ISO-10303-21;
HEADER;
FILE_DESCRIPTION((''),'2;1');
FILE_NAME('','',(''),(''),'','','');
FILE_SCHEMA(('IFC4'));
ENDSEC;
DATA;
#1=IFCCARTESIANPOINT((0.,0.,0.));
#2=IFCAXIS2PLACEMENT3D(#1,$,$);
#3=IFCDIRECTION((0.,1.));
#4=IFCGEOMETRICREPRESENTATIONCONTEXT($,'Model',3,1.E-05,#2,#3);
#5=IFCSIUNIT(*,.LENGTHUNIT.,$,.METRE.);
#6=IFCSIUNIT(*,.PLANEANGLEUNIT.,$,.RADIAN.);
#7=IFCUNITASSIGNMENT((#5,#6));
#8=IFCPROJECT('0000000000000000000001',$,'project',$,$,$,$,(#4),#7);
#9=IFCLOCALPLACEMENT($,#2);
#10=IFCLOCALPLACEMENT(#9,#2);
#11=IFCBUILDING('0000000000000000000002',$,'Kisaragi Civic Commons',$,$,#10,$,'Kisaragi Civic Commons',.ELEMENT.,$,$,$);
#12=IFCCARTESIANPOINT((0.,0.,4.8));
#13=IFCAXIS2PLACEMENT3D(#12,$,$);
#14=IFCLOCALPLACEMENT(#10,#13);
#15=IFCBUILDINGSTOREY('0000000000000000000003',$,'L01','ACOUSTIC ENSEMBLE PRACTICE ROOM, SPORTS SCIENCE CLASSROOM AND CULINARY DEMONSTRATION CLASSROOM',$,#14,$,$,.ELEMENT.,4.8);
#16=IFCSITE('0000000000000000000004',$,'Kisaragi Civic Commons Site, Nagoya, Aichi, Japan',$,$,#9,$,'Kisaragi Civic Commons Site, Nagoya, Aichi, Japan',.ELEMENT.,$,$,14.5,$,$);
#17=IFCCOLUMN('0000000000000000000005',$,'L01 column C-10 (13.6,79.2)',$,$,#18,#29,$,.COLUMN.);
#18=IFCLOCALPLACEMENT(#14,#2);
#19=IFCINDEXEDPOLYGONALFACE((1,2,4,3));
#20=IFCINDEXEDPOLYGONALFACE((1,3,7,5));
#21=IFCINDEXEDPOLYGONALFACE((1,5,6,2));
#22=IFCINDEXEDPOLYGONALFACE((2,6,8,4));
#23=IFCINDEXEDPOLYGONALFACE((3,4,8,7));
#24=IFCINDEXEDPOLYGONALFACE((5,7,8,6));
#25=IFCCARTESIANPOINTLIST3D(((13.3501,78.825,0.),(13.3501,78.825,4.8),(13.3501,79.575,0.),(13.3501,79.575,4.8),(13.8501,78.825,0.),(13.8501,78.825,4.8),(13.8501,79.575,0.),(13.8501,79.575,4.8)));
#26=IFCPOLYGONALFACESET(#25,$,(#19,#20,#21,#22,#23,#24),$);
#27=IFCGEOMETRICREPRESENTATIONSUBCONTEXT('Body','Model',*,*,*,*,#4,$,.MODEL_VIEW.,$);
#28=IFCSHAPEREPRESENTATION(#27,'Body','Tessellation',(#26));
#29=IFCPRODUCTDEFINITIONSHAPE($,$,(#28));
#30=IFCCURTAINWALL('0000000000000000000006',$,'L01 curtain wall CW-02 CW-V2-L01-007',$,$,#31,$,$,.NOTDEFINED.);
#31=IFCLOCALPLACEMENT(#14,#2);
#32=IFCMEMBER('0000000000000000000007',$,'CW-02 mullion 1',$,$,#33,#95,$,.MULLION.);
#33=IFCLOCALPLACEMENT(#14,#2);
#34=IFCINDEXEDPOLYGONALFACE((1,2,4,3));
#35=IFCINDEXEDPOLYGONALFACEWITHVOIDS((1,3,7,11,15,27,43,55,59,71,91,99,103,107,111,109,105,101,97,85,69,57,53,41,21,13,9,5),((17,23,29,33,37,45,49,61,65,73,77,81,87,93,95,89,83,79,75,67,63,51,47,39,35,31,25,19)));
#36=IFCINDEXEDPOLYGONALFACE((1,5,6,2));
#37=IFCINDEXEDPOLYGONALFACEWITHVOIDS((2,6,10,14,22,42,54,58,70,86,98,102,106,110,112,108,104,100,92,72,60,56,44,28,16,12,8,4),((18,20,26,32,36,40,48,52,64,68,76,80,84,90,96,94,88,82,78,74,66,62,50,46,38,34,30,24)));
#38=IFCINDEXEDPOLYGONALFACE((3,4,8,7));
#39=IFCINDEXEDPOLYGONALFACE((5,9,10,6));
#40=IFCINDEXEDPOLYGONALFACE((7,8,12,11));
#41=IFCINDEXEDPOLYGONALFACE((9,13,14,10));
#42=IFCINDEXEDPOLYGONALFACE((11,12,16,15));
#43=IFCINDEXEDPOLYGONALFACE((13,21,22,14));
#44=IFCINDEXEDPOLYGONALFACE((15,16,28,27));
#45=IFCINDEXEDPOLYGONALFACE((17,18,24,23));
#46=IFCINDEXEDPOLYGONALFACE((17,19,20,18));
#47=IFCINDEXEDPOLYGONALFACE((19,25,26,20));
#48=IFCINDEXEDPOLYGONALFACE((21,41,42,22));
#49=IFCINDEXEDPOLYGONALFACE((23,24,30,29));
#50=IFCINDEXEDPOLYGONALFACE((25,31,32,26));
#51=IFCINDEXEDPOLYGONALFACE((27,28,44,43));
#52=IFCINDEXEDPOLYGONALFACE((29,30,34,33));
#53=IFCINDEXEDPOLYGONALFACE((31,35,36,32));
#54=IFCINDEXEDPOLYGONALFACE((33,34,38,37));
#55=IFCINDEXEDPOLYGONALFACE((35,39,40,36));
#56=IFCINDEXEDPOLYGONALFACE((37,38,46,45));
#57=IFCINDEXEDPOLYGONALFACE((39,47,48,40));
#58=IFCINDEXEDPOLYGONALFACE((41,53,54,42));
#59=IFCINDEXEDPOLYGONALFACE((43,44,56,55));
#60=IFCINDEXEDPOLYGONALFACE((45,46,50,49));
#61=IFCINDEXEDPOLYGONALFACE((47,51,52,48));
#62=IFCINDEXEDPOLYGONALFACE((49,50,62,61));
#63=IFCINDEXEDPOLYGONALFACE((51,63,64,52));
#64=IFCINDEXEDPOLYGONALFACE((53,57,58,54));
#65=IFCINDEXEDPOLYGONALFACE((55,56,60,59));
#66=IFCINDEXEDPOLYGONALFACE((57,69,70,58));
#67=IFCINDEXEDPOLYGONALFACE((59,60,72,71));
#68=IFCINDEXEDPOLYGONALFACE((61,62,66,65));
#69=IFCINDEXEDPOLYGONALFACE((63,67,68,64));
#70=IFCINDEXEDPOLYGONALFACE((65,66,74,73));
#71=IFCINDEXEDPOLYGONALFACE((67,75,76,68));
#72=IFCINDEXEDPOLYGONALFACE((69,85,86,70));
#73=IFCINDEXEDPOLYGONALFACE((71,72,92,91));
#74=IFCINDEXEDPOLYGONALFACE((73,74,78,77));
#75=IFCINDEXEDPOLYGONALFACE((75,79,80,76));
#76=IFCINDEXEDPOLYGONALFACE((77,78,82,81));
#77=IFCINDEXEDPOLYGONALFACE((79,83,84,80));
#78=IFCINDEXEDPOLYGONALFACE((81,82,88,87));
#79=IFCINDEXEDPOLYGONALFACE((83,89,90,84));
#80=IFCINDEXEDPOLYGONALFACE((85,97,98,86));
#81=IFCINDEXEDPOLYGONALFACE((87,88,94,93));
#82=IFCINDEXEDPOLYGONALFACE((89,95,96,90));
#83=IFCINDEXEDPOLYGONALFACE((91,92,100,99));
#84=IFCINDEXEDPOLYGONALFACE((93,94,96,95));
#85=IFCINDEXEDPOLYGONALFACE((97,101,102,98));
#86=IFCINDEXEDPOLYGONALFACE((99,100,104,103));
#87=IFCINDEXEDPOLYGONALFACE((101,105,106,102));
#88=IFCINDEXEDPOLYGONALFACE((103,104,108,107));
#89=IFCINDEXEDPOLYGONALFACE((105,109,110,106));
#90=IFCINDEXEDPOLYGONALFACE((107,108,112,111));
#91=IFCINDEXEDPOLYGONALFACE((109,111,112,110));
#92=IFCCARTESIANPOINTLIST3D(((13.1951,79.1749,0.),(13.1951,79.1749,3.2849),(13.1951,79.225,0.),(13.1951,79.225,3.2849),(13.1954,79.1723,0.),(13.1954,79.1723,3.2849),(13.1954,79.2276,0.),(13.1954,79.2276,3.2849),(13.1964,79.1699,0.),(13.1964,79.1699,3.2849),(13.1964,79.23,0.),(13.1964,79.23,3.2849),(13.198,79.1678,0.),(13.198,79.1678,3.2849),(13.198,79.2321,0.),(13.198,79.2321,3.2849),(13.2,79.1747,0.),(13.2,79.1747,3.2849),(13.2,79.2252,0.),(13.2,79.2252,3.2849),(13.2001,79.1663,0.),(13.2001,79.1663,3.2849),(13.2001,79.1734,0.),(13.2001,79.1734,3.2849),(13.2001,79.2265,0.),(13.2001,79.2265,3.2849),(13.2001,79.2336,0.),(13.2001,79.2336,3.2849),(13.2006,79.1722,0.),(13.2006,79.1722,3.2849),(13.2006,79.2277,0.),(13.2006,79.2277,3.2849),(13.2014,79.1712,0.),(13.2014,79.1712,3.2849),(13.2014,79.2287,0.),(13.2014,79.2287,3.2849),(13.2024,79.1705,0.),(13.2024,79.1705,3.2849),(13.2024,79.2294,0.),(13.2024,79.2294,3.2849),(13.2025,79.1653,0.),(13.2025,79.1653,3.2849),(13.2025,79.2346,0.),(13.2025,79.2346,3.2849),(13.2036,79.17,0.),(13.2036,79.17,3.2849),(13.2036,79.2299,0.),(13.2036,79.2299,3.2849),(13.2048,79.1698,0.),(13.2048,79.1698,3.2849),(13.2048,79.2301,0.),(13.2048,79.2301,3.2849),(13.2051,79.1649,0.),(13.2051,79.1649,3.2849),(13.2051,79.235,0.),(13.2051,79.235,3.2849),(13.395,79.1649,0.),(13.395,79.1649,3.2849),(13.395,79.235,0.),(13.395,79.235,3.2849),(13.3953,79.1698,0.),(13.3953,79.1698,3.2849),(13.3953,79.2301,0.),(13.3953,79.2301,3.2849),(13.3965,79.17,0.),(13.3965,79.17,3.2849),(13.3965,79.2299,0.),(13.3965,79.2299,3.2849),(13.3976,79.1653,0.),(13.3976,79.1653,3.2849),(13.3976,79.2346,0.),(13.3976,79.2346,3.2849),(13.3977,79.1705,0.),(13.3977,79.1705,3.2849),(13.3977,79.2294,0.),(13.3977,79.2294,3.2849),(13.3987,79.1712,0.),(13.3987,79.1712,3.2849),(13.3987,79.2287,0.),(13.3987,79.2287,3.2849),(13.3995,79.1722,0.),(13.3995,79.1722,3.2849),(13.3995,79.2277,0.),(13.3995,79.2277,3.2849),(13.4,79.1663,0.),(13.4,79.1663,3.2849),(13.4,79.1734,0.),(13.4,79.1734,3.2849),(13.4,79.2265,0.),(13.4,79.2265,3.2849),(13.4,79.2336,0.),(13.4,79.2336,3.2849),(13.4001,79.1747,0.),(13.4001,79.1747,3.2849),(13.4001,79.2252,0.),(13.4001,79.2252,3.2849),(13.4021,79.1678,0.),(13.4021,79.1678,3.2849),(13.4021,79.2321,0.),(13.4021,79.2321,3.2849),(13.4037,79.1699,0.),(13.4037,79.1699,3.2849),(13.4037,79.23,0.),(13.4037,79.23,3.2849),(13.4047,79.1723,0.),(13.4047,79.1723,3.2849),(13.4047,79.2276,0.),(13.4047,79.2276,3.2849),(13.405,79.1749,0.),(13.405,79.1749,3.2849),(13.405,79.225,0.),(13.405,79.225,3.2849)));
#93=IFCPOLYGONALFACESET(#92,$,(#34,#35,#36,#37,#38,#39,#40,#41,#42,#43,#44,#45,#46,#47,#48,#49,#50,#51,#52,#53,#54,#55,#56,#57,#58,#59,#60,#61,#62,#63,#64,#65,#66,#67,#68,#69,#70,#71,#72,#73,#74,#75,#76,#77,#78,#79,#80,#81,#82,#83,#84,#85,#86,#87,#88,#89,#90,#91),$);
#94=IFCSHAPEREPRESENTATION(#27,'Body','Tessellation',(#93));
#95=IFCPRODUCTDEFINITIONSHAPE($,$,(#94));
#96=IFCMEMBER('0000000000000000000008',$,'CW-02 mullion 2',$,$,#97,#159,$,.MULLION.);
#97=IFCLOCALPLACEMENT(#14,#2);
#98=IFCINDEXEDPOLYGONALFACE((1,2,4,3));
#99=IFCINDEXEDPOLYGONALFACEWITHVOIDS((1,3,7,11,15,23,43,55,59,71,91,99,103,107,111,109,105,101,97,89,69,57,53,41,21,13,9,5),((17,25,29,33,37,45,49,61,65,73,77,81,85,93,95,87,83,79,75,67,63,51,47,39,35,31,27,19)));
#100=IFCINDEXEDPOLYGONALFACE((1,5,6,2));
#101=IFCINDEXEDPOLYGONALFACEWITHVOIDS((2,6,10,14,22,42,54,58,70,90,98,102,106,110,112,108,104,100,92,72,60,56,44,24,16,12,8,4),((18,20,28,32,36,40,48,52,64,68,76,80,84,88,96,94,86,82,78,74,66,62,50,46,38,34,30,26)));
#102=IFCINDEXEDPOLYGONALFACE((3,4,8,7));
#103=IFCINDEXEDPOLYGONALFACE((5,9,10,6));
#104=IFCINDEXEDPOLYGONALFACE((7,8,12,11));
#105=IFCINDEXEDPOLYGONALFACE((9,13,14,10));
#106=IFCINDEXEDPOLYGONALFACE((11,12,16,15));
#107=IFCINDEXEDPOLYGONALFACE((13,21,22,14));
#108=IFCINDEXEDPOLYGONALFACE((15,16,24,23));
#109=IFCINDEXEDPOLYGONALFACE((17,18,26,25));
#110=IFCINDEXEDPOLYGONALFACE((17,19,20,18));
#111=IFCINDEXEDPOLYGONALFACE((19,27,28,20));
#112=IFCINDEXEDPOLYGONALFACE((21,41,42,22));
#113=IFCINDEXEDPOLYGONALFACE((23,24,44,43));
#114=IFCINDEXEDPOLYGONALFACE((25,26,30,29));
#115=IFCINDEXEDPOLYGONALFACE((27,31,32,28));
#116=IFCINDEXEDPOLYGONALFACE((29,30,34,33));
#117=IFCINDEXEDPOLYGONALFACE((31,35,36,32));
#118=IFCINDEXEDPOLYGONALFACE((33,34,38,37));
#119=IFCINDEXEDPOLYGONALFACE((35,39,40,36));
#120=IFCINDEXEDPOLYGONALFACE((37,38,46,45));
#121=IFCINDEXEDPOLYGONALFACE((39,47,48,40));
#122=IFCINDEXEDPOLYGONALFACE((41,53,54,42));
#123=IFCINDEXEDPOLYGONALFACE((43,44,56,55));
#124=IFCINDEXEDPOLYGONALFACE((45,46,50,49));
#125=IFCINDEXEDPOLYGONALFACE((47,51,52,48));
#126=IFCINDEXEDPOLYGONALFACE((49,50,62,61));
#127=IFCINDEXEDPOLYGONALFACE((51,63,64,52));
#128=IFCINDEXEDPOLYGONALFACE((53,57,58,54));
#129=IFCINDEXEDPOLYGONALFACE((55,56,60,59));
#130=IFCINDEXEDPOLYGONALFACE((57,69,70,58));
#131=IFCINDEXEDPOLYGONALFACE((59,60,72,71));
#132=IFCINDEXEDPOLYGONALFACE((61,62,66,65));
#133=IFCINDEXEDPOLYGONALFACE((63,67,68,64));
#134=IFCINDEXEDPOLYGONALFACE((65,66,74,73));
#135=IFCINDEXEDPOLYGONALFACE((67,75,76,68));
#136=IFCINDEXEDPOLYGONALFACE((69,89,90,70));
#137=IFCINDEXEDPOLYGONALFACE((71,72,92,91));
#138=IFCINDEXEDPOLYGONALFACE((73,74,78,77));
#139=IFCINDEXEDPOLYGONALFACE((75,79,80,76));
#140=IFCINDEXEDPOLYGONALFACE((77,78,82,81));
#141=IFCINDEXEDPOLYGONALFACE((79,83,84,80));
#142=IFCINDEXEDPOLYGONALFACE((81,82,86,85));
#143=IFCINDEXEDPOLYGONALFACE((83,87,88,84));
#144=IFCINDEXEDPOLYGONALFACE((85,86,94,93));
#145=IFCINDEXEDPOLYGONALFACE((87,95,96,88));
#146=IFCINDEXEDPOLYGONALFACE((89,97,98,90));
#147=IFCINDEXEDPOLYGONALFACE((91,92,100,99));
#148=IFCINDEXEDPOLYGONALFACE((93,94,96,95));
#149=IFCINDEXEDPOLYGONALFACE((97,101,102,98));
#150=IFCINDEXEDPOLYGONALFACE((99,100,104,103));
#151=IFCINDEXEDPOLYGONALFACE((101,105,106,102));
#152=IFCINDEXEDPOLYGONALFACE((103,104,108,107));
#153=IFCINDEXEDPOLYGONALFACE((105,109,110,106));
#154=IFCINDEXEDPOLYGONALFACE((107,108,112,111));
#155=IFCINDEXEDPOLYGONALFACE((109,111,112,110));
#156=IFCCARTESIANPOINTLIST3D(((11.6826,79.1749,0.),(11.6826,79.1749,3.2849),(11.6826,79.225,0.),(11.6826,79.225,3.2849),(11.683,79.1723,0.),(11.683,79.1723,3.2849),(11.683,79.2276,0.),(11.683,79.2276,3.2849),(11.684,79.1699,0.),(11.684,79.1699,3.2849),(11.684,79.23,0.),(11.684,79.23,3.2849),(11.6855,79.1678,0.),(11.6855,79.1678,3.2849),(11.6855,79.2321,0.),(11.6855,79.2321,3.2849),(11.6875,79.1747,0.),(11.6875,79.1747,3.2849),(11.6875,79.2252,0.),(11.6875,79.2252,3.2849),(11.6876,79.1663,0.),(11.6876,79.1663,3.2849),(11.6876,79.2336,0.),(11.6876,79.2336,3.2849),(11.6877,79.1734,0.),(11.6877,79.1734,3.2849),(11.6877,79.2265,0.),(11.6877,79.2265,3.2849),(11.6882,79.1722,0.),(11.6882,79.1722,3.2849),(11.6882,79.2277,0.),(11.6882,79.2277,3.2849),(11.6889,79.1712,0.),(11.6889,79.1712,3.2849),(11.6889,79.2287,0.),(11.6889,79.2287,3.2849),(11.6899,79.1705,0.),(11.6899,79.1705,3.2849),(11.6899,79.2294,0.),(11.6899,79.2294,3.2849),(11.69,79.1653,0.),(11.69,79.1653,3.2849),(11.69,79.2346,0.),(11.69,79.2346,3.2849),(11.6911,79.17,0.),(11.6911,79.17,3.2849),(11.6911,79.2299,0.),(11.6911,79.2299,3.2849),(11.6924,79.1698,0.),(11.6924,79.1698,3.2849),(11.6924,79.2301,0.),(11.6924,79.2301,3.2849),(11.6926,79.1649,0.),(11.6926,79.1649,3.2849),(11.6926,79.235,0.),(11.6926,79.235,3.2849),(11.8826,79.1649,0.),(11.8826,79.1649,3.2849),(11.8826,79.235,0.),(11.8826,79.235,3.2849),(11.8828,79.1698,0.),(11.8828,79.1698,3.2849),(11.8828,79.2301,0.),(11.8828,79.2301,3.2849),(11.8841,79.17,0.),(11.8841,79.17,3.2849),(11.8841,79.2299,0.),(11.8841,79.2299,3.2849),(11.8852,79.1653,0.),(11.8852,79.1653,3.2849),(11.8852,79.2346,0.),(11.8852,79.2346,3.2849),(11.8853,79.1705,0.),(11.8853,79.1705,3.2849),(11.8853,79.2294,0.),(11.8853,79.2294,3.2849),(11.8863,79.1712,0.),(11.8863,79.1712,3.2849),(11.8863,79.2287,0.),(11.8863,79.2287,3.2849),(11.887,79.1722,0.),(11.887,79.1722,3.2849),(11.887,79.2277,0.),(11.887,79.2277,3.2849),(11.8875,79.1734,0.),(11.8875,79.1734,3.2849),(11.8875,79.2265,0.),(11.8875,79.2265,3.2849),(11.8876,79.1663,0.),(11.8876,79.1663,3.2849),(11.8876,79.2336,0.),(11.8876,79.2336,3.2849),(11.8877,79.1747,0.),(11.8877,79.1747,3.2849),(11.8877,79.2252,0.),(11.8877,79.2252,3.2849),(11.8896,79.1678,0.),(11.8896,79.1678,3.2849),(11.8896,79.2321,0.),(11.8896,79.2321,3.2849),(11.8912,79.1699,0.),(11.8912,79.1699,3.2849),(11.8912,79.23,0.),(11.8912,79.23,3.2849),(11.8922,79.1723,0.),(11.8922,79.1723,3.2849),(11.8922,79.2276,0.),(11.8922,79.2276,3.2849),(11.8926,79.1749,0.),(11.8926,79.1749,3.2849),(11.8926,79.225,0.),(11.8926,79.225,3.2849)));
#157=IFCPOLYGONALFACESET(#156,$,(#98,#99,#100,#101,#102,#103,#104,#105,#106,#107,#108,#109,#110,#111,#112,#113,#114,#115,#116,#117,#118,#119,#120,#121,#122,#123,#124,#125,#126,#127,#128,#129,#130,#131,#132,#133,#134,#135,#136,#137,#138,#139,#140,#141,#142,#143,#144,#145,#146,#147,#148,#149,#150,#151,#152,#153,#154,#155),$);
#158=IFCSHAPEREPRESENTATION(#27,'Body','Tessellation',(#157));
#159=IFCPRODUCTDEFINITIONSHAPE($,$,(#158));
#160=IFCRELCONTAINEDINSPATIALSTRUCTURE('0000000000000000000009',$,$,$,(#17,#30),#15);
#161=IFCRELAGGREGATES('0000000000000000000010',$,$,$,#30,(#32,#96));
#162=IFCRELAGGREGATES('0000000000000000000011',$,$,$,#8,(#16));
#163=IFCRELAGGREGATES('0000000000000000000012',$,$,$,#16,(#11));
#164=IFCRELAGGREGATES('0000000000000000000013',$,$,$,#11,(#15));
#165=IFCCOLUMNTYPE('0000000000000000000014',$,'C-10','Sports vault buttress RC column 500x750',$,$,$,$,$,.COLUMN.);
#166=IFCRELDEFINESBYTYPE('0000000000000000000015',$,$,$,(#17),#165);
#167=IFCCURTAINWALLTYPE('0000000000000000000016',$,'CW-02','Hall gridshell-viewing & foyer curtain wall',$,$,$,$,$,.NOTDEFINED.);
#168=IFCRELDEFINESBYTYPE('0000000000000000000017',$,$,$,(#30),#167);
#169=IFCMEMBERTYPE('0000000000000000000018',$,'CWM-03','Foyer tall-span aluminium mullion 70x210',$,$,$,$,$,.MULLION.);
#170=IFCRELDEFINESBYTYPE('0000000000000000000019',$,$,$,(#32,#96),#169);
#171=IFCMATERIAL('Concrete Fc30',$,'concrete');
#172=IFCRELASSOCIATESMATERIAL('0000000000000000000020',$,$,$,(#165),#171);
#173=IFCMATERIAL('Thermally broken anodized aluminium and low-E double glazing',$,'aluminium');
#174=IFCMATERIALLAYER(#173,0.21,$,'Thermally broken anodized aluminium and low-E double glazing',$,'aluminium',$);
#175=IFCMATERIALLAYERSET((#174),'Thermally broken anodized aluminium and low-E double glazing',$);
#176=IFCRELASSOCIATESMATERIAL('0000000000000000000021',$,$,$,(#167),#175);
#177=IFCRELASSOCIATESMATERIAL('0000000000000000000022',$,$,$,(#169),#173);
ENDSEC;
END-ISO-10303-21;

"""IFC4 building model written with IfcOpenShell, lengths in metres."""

from ifc_helpers import new_model, si_unit, direction, frame, origin, origin_2d, place, context, subcontext, project, spatial, rectangle, hollow_rectangle, extrude, material, layer, layer_set, material_profile, profile_set, type_object, element, aggregate, save


model = new_model("IFC4")

# Units and contexts
model_context = context("Model", 3, precision=1e-05, world=origin(), true_north=direction((0.0, 1.0)))
body_context = subcontext(model_context, "Body", "Model", "MODEL_VIEW")
ifc_project = project(units=[si_unit("LENGTHUNIT", "METRE"), si_unit("PLANEANGLEUNIT", "RADIAN")], contexts=[model_context])

# Site, building, storey
site_placement = place(None, origin())
site = spatial("IfcSite", under=ifc_project, at=site_placement, Name="Kisaragi Civic Commons Site, Nagoya, Aichi, Japan", LongName="Kisaragi Civic Commons Site, Nagoya, Aichi, Japan", CompositionType="ELEMENT", RefElevation=14.5)
building_placement = place(site_placement, origin())
building = spatial("IfcBuilding", under=site, at=building_placement, Name="Kisaragi Civic Commons", LongName="Kisaragi Civic Commons", CompositionType="ELEMENT")
storey_placement = place(building_placement, frame((0.0, 0.0, 4.8)))
storey = spatial("IfcBuildingStorey", under=building, at=storey_placement, Name="L01", Description="ACOUSTIC ENSEMBLE PRACTICE ROOM, SPORTS SCIENCE CLASSROOM AND CULINARY DEMONSTRATION CLASSROOM", CompositionType="ELEMENT", Elevation=4.8)

# Column
ifc_material_1 = material(Name="Concrete Fc30", Category="concrete")
ifc_material_profile_1 = material_profile(ifc_material_1, rectangle(XDim=0.5, YDim=0.75, at=origin_2d()), Name="RC-500x750", Category="concrete")
ifc_profile_set_1 = profile_set([ifc_material_profile_1], Name="Concrete Fc30")
column_type = type_object("IfcColumnType", Name="C-10", Description="Sports vault buttress RC column 500x750", PredefinedType="COLUMN", material=ifc_profile_set_1)
column_placement = place(storey_placement, frame((13.6001, 79.2, 0.0), z_axis=(0.0, 0.0, 1.0), x_axis=(1.0, 0.0, 0.0)))
element("IfcColumn", 1, at=column_placement, inside=storey, type_object=column_type, Name="L01 column C-10 (13.6,79.2)", PredefinedType="COLUMN", context=body_context, shape_type="SweptSolid", body=[
    extrude(rectangle(XDim=0.5, YDim=0.75, at=origin_2d()), origin(), (0.0, 0.0, 1.0), 4.8),
])

# Curtain wall, members
ifc_material_2 = material(Name="Thermally broken anodized aluminium and low-E double glazing", Category="aluminium")
ifc_layer_1 = layer(ifc_material_2, 0.21, Name="Thermally broken anodized aluminium and low-E double glazing", Category="aluminium")
ifc_layer_set_1 = layer_set([ifc_layer_1], Name="Thermally broken anodized aluminium and low-E double glazing")
curtain_wall_type = type_object("IfcCurtainWallType", Name="CW-02", Description="Hall gridshell-viewing & foyer curtain wall", PredefinedType="NOTDEFINED", material=ifc_layer_set_1)
curtain_wall_placement = place(storey_placement, origin())
curtain_wall = element("IfcCurtainWall", 2, at=curtain_wall_placement, inside=storey, type_object=curtain_wall_type, Name="L01 curtain wall CW-02 CW-V2-L01-007", PredefinedType="NOTDEFINED")
ifc_material_profile_2 = material_profile(ifc_material_2, hollow_rectangle(XDim=0.0701, YDim=0.21, WallThickness=0.0049, InnerFilletRadius=0.0049, OuterFilletRadius=0.01, at=origin_2d()), Name="CWM-70x210x5", Category="aluminium")
ifc_profile_set_2 = profile_set([ifc_material_profile_2], Name="Thermally broken anodized aluminium and low-E double glazing")
member_type_1 = type_object("IfcMemberType", Name="CWM-03", Description="Foyer tall-span aluminium mullion 70x210", PredefinedType="MULLION", material=ifc_profile_set_2)
member_1_placement = place(storey_placement, frame((13.3, 79.2, 0.0), z_axis=(0.0, 0.0, 1.0), x_axis=(0.0, -1.0, 0.0)))
member_1 = element("IfcMember", 3, at=member_1_placement, type_object=member_type_1, Name="CW-02 mullion 1", PredefinedType="MULLION", context=body_context, shape_type="SweptSolid", body=[
    extrude(hollow_rectangle(XDim=0.0701, YDim=0.21, WallThickness=0.0049, InnerFilletRadius=0.0049, OuterFilletRadius=0.01, at=origin_2d()), origin(), (0.0, 0.0, 1.0), 3.2849),
])
member_2_placement = place(storey_placement, frame((11.7876, 79.2, 0.0), z_axis=(0.0, 0.0, 1.0), x_axis=(0.0, -1.0, 0.0)))
member_2 = element("IfcMember", 4, at=member_2_placement, type_object=member_type_1, Name="CW-02 mullion 2", PredefinedType="MULLION", context=body_context, shape_type="SweptSolid", body=[
    extrude(hollow_rectangle(XDim=0.0701, YDim=0.21, WallThickness=0.0049, InnerFilletRadius=0.0049, OuterFilletRadius=0.01, at=origin_2d()), origin(), (0.0, 0.0, 1.0), 3.2849),
])

aggregate(curtain_wall, [member_1, member_2])

save(model, "model.ifc")
